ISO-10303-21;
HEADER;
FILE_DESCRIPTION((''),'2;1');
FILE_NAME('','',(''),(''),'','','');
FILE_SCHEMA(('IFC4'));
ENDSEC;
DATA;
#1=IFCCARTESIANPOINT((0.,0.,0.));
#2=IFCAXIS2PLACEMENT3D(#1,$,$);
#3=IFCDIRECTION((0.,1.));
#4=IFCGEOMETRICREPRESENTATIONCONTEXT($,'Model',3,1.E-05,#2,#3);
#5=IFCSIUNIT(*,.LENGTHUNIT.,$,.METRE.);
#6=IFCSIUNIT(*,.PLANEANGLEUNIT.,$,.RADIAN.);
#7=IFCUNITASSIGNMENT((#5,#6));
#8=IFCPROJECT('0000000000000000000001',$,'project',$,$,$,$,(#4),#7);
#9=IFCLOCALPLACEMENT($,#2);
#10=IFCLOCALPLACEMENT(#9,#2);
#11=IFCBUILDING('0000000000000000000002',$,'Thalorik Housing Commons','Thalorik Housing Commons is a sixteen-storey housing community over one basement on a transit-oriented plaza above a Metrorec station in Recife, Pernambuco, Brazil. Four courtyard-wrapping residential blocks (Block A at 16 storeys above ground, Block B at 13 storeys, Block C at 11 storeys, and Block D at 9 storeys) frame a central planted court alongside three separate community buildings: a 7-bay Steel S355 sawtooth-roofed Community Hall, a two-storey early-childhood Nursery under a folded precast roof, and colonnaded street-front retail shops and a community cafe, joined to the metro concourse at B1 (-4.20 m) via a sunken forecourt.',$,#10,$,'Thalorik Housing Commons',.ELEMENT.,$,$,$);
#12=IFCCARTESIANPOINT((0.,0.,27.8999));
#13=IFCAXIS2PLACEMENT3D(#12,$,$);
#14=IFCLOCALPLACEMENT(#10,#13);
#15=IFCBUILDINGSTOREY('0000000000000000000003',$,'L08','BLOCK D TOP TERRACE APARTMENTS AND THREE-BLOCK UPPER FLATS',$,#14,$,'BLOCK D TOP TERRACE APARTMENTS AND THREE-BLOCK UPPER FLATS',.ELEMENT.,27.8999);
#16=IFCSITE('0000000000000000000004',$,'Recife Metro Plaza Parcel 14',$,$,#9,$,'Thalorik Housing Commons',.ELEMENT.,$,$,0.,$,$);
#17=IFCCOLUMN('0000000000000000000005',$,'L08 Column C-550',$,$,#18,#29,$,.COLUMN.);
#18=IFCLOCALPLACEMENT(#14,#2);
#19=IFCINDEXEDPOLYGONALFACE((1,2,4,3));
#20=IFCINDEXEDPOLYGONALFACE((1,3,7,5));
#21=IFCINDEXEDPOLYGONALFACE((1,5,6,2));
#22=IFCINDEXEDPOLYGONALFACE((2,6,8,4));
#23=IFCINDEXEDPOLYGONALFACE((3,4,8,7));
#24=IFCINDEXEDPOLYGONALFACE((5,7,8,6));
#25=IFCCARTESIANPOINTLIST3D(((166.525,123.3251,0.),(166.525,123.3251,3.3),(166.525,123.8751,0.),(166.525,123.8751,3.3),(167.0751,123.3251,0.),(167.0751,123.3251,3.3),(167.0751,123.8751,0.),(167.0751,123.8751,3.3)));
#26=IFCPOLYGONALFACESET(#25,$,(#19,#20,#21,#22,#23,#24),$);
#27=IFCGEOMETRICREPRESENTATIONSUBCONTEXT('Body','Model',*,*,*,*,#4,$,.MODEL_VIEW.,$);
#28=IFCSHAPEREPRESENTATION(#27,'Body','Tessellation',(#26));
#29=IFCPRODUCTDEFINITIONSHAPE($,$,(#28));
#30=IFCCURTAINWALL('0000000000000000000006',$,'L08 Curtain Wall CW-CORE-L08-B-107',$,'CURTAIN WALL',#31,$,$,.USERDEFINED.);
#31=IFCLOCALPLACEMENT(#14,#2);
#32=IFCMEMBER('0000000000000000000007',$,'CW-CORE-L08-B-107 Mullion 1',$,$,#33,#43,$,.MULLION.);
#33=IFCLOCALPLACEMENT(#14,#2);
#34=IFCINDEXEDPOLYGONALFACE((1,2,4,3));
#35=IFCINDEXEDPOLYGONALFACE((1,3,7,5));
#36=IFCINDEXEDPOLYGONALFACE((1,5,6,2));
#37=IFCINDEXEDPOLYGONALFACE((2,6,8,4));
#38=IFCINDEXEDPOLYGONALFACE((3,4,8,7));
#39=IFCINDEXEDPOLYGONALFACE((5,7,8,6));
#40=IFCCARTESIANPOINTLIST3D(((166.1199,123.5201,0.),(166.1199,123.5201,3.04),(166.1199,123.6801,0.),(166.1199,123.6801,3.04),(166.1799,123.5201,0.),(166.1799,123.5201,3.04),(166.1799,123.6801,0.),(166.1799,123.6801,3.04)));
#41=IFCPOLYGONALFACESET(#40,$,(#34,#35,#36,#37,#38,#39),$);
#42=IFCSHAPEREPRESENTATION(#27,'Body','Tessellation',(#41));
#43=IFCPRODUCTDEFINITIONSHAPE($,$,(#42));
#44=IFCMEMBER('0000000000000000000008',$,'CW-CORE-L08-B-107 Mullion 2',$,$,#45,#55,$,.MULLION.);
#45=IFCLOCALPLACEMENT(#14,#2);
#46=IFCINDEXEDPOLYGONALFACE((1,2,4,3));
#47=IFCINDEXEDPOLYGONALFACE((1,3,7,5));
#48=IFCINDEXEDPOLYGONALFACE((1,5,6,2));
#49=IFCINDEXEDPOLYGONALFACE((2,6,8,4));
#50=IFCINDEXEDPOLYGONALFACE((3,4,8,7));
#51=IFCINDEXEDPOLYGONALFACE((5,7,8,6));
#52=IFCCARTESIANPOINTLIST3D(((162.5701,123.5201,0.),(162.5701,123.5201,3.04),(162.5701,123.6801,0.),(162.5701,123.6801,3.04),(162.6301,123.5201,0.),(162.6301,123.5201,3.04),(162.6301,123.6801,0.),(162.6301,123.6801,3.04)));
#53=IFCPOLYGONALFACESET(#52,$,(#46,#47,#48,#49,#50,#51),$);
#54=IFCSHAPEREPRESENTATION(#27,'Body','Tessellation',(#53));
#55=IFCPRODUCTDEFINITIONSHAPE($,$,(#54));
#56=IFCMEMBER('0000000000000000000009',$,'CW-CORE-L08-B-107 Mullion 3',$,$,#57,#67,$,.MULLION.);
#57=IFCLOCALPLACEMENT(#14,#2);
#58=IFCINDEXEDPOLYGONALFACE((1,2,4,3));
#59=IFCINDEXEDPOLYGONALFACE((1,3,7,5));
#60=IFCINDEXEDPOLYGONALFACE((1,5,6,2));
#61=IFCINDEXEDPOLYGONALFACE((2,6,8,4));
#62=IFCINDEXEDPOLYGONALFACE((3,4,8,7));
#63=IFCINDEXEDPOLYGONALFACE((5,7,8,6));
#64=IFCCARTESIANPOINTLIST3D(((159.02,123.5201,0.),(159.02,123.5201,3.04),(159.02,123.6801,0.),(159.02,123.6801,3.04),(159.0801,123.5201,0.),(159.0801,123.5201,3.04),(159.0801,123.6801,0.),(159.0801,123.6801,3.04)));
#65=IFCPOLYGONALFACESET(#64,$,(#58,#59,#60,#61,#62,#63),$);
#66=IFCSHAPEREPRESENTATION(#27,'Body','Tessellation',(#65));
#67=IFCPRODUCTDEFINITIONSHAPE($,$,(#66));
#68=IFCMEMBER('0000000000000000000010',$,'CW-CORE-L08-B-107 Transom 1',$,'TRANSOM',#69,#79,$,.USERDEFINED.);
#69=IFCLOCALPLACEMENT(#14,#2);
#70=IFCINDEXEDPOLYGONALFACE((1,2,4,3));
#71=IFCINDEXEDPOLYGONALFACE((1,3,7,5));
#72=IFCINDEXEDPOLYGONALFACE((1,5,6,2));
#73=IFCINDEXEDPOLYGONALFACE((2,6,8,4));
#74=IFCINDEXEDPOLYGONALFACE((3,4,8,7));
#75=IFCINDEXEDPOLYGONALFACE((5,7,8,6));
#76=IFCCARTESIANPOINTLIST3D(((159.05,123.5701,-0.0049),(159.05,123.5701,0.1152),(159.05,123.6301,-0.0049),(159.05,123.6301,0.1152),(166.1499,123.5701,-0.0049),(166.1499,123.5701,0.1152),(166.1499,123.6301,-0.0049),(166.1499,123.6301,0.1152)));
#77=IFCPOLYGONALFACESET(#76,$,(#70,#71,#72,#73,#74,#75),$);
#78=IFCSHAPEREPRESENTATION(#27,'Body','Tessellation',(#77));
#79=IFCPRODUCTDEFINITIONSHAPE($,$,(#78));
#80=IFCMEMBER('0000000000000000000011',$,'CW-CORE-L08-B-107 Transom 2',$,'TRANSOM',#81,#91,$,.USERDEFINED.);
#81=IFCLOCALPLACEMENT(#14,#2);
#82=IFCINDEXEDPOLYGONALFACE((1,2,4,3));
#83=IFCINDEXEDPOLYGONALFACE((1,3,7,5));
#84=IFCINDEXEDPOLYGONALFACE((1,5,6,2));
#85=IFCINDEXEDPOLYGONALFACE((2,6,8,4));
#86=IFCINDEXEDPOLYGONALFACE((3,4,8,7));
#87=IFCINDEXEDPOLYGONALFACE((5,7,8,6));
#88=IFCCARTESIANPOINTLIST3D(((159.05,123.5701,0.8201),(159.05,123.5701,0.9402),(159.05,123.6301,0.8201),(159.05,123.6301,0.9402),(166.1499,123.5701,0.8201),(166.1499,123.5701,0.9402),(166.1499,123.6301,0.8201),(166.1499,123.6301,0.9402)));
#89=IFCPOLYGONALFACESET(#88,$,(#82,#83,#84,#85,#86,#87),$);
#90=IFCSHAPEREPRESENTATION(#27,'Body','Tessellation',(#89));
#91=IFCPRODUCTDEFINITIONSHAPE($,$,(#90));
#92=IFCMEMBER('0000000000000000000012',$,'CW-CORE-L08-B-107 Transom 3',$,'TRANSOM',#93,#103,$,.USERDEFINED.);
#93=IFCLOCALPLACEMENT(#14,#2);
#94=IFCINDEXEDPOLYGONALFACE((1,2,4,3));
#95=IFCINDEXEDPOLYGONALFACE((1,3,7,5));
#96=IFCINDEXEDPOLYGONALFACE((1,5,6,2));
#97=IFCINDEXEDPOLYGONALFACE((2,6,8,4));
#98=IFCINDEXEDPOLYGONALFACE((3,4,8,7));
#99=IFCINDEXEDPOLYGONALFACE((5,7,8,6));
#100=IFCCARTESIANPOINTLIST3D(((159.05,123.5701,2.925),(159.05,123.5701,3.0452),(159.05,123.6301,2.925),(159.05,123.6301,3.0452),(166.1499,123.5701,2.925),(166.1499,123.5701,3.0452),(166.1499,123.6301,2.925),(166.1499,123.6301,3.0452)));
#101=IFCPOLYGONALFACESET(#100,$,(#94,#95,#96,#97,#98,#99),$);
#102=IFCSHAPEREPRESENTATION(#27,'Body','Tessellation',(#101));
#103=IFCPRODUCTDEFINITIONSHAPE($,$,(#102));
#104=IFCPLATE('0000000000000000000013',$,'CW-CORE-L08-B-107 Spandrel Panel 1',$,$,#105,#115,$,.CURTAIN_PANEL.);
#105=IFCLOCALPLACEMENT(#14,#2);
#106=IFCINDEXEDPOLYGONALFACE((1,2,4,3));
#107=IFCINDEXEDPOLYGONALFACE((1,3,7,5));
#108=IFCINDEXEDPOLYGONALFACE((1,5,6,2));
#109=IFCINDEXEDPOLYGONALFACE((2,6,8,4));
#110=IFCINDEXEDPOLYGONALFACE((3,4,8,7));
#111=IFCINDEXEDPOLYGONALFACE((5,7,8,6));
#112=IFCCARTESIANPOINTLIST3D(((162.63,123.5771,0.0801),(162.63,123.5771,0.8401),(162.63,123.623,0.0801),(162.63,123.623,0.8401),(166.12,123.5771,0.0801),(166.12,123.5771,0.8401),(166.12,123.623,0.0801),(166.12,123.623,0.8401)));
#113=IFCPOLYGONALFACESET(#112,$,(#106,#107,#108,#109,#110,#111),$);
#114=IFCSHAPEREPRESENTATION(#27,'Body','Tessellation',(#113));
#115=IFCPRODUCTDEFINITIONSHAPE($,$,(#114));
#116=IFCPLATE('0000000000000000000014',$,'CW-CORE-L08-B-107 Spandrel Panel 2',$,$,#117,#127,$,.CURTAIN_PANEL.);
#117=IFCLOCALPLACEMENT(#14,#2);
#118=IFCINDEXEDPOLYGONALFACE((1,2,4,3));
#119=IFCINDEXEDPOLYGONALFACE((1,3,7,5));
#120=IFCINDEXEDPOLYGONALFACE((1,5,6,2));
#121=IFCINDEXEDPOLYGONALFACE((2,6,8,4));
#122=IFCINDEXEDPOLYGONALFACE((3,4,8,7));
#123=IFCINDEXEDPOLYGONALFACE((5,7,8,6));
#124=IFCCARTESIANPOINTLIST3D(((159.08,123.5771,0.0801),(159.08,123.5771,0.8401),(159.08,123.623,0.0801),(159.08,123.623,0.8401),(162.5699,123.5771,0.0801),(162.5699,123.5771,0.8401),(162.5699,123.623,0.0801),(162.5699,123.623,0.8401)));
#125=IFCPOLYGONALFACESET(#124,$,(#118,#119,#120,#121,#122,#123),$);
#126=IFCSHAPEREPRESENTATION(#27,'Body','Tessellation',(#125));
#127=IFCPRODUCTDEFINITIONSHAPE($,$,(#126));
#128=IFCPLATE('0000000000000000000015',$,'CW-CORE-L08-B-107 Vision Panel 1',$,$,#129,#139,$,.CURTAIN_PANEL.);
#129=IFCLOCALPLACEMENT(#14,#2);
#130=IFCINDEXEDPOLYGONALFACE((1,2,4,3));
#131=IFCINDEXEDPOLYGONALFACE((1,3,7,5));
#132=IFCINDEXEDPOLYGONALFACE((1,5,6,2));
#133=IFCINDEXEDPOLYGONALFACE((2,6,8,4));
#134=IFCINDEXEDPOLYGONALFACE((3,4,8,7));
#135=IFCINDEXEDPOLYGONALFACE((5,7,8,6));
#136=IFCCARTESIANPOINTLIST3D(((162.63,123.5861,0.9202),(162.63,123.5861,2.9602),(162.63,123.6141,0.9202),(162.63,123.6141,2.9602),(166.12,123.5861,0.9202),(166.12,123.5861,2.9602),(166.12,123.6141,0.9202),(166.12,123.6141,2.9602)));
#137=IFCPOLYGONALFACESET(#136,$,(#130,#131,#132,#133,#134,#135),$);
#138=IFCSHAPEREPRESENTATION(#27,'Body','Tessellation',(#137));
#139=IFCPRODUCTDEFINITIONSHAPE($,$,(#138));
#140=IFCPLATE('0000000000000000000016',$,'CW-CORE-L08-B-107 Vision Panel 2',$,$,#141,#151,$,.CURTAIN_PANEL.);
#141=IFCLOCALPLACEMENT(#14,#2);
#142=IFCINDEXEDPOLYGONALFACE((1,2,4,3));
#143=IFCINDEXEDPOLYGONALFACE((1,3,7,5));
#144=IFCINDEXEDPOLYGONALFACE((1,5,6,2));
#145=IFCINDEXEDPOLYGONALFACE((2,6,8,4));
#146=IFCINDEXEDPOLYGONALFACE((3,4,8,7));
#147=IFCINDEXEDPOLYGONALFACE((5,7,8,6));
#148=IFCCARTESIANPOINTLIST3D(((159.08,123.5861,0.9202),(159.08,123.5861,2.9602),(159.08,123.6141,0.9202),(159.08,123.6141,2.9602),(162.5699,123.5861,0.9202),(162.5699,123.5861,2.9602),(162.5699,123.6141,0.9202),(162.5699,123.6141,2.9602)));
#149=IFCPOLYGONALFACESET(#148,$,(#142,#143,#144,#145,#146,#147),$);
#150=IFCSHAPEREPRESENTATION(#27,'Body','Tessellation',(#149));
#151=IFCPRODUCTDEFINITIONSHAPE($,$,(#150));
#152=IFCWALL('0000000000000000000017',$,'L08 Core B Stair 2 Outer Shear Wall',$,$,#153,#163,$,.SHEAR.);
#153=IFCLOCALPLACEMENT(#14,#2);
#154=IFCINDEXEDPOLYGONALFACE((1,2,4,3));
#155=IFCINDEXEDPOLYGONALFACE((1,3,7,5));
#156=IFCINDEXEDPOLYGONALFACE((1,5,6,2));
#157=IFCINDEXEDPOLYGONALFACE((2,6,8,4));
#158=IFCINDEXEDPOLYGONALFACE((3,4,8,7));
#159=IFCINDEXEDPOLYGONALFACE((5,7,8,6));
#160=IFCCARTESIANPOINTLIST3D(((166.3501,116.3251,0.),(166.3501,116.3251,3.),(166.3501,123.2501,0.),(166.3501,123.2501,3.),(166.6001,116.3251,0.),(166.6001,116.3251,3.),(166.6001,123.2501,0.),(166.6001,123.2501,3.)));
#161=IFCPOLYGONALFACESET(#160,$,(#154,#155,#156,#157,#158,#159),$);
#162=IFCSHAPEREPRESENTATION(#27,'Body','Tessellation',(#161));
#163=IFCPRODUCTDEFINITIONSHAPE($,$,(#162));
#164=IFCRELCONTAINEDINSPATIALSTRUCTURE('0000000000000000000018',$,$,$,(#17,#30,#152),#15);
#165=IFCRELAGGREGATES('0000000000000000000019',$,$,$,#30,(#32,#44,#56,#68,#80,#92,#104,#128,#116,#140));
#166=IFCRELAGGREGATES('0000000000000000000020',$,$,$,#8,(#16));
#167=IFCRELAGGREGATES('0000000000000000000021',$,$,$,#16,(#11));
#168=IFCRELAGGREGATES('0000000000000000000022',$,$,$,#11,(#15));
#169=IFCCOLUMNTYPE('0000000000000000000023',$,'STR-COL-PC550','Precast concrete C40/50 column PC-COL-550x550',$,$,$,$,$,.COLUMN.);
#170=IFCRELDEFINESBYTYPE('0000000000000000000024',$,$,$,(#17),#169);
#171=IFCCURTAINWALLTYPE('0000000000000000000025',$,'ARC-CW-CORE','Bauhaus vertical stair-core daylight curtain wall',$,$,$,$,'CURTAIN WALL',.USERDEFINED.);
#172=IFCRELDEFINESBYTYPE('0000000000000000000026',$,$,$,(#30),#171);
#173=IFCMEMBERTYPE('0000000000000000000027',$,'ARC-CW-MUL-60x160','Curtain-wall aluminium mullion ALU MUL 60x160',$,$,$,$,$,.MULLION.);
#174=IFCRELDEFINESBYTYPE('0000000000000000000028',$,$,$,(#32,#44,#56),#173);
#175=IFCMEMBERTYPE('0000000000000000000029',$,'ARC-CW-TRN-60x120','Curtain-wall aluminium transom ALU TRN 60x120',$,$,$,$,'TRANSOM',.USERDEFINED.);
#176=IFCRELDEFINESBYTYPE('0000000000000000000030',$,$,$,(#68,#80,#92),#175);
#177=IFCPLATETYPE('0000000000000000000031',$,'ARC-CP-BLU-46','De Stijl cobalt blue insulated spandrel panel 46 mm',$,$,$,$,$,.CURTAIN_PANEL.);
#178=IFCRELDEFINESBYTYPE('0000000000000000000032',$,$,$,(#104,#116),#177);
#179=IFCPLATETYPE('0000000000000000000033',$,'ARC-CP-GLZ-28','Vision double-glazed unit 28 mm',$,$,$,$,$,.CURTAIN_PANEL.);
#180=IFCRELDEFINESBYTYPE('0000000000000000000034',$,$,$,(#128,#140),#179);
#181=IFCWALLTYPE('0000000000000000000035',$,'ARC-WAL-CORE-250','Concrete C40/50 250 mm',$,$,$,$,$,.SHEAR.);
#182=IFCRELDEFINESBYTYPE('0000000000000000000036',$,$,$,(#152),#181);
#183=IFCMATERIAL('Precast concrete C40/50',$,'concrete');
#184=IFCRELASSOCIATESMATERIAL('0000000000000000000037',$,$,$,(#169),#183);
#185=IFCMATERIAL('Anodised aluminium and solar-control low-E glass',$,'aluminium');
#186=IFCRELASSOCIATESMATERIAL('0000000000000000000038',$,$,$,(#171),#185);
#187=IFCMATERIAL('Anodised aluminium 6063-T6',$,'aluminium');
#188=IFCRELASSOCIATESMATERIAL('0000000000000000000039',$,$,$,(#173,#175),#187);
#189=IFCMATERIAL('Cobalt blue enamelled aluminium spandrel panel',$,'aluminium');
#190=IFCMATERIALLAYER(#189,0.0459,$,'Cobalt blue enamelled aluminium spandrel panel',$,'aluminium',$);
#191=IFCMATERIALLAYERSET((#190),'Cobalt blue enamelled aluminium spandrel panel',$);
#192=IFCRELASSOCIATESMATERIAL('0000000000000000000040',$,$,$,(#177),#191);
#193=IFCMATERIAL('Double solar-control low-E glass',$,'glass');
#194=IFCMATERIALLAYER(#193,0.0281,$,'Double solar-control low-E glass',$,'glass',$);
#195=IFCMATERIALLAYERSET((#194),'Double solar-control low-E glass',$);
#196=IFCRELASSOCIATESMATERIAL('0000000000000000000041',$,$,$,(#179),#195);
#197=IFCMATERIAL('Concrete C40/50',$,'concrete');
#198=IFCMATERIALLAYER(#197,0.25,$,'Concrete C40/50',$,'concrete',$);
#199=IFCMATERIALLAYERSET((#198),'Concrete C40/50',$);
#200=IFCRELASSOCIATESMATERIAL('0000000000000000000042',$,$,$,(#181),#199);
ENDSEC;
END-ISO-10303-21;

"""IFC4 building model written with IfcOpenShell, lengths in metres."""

from ifc_helpers import new_model, si_unit, direction, frame, frame_2d, origin, origin_2d, place, context, subcontext, project, spatial, rectangle, extrude, material, layer, layer_set, material_profile, profile_set, type_object, element, aggregate, save


model = new_model("IFC4")

# Units and contexts
model_context = context("Model", 3, precision=1e-05, world=origin(), true_north=direction((0.0, 1.0)))
body_context = subcontext(model_context, "Body", "Model", "MODEL_VIEW")
ifc_project = project(units=[si_unit("LENGTHUNIT", "METRE"), si_unit("PLANEANGLEUNIT", "RADIAN")], contexts=[model_context])

# Site, building, storey
site_placement = place(None, origin())
site = spatial("IfcSite", under=ifc_project, at=site_placement, Name="Recife Metro Plaza Parcel 14", LongName="Thalorik Housing Commons", CompositionType="ELEMENT", RefElevation=0.0)
building_placement = place(site_placement, origin())
building = spatial("IfcBuilding", under=site, at=building_placement, Name="Thalorik Housing Commons", Description="Thalorik Housing Commons is a sixteen-storey housing community over one basement on a transit-oriented plaza above a Metrorec station in Recife, Pernambuco, Brazil. Four courtyard-wrapping residential blocks (Block A at 16 storeys above ground, Block B at 13 storeys, Block C at 11 storeys, and Block D at 9 storeys) frame a central planted court alongside three separate community buildings: a 7-bay Steel S355 sawtooth-roofed Community Hall, a two-storey early-childhood Nursery under a folded precast roof, and colonnaded street-front retail shops and a community cafe, joined to the metro concourse at B1 (-4.20 m) via a sunken forecourt.", LongName="Thalorik Housing Commons", CompositionType="ELEMENT")
storey_placement = place(building_placement, frame((0.0, 0.0, 27.8999)))
storey = spatial("IfcBuildingStorey", under=building, at=storey_placement, Name="L08", Description="BLOCK D TOP TERRACE APARTMENTS AND THREE-BLOCK UPPER FLATS", LongName="BLOCK D TOP TERRACE APARTMENTS AND THREE-BLOCK UPPER FLATS", CompositionType="ELEMENT", Elevation=27.8999)

# Column
ifc_material_1 = material(Name="Precast concrete C40/50", Category="concrete")
ifc_material_profile_1 = material_profile(ifc_material_1, rectangle(XDim=0.55, YDim=0.55, at=origin_2d()), Name="PC 550x550", Category="concrete")
ifc_profile_set_1 = profile_set([ifc_material_profile_1], Name="Precast concrete C40/50")
column_type = type_object("IfcColumnType", Name="STR-COL-PC550", Description="Precast concrete C40/50 column PC-COL-550x550", PredefinedType="COLUMN", material=ifc_profile_set_1)
column_placement = place(storey_placement, frame((166.8, 123.6001, 0.0), z_axis=(0.0, 0.0, 1.0), x_axis=(1.0, 0.0, 0.0)))
element("IfcColumn", 1, at=column_placement, inside=storey, type_object=column_type, Name="L08 Column C-550", PredefinedType="COLUMN", context=body_context, shape_type="SweptSolid", body=[
    extrude(rectangle(XDim=0.55, YDim=0.55, at=origin_2d()), origin(), (0.0, 0.0, 1.0), 3.3),
])

# Curtain wall, members, plates
ifc_material_2 = material(Name="Anodised aluminium and solar-control low-E glass", Category="aluminium")
curtain_wall_type = type_object("IfcCurtainWallType", Name="ARC-CW-CORE", Description="Bauhaus vertical stair-core daylight curtain wall", ElementType="CURTAIN WALL", PredefinedType="USERDEFINED", material=ifc_material_2)
curtain_wall_placement = place(storey_placement, origin())
curtain_wall = element("IfcCurtainWall", 2, at=curtain_wall_placement, inside=storey, type_object=curtain_wall_type, Name="L08 Curtain Wall CW-CORE-L08-B-107", ObjectType="CURTAIN WALL", PredefinedType="USERDEFINED")
ifc_material_3 = material(Name="Anodised aluminium 6063-T6", Category="aluminium")
ifc_material_profile_2 = material_profile(ifc_material_3, rectangle(XDim=0.0601, YDim=0.1599, at=origin_2d()), Name="ALU MUL 60x160", Category="aluminium")
ifc_profile_set_2 = profile_set([ifc_material_profile_2], Name="Anodised aluminium 6063-T6")
member_type_1 = type_object("IfcMemberType", Name="ARC-CW-MUL-60x160", Description="Curtain-wall aluminium mullion ALU MUL 60x160", PredefinedType="MULLION", material=ifc_profile_set_2)
member_1_placement = place(storey_placement, frame((166.1499, 123.6001, 0.0), z_axis=(0.0, 0.0, 1.0), x_axis=(-1.0, 0.0, 0.0)))
member_1 = element("IfcMember", 3, at=member_1_placement, type_object=member_type_1, Name="CW-CORE-L08-B-107 Mullion 1", PredefinedType="MULLION", context=body_context, shape_type="SweptSolid", body=[
    extrude(rectangle(XDim=0.0601, YDim=0.1599, at=origin_2d()), origin(), (0.0, 0.0, 1.0), 3.04),
])
member_2_placement = place(storey_placement, frame((162.6001, 123.6001, 0.0), z_axis=(0.0, 0.0, 1.0), x_axis=(-1.0, 0.0, 0.0)))
member_2 = element("IfcMember", 4, at=member_2_placement, type_object=member_type_1, Name="CW-CORE-L08-B-107 Mullion 2", PredefinedType="MULLION", context=body_context, shape_type="SweptSolid", body=[
    extrude(rectangle(XDim=0.0601, YDim=0.1599, at=origin_2d()), origin(), (0.0, 0.0, 1.0), 3.04),
])
member_3_placement = place(storey_placement, frame((159.05, 123.6001, 0.0), z_axis=(0.0, 0.0, 1.0), x_axis=(-1.0, 0.0, 0.0)))
member_3 = element("IfcMember", 5, at=member_3_placement, type_object=member_type_1, Name="CW-CORE-L08-B-107 Mullion 3", PredefinedType="MULLION", context=body_context, shape_type="SweptSolid", body=[
    extrude(rectangle(XDim=0.0601, YDim=0.1599, at=origin_2d()), origin(), (0.0, 0.0, 1.0), 3.04),
])
ifc_material_profile_3 = material_profile(ifc_material_3, rectangle(XDim=0.0601, YDim=0.1201, at=origin_2d()), Name="ALU TRN 60x120", Category="aluminium")
ifc_profile_set_3 = profile_set([ifc_material_profile_3], Name="Anodised aluminium 6063-T6")
member_type_2 = type_object("IfcMemberType", Name="ARC-CW-TRN-60x120", Description="Curtain-wall aluminium transom ALU TRN 60x120", ElementType="TRANSOM", PredefinedType="USERDEFINED", material=ifc_profile_set_3)
member_4_placement = place(storey_placement, frame((166.1499, 123.6001, 0.0552), z_axis=(-1.0, 0.0, 0.0), x_axis=(0.0, -1.0, 0.0)))
member_4 = element("IfcMember", 6, at=member_4_placement, type_object=member_type_2, Name="CW-CORE-L08-B-107 Transom 1", ObjectType="TRANSOM", PredefinedType="USERDEFINED", context=body_context, shape_type="SweptSolid", body=[
    extrude(rectangle(XDim=0.0601, YDim=0.1201, at=origin_2d()), origin(), (0.0, 0.0, 1.0), 7.0999),
])
member_5_placement = place(storey_placement, frame((166.1499, 123.6001, 0.8801), z_axis=(-1.0, 0.0, 0.0), x_axis=(0.0, -1.0, 0.0)))
member_5 = element("IfcMember", 7, at=member_5_placement, type_object=member_type_2, Name="CW-CORE-L08-B-107 Transom 2", ObjectType="TRANSOM", PredefinedType="USERDEFINED", context=body_context, shape_type="SweptSolid", body=[
    extrude(rectangle(XDim=0.0601, YDim=0.1201, at=origin_2d()), origin(), (0.0, 0.0, 1.0), 7.0999),
])
member_6_placement = place(storey_placement, frame((166.1499, 123.6001, 2.9851), z_axis=(-1.0, 0.0, 0.0), x_axis=(0.0, -1.0, 0.0)))
member_6 = element("IfcMember", 8, at=member_6_placement, type_object=member_type_2, Name="CW-CORE-L08-B-107 Transom 3", ObjectType="TRANSOM", PredefinedType="USERDEFINED", context=body_context, shape_type="SweptSolid", body=[
    extrude(rectangle(XDim=0.0601, YDim=0.1201, at=origin_2d()), origin(), (0.0, 0.0, 1.0), 7.0999),
])
ifc_material_4 = material(Name="Cobalt blue enamelled aluminium spandrel panel", Category="aluminium")
ifc_layer_1 = layer(ifc_material_4, 0.0459, Name="Cobalt blue enamelled aluminium spandrel panel", Category="aluminium")
ifc_layer_set_1 = layer_set([ifc_layer_1], Name="Cobalt blue enamelled aluminium spandrel panel")
plate_type_1 = type_object("IfcPlateType", Name="ARC-CP-BLU-46", Description="De Stijl cobalt blue insulated spandrel panel 46 mm", PredefinedType="CURTAIN_PANEL", material=ifc_layer_set_1)
plate_1_placement = place(storey_placement, frame((164.375, 123.6001, 0.0801), z_axis=(0.0, 0.0, 1.0), x_axis=(-1.0, 0.0, 0.0)))
plate_1 = element("IfcPlate", 9, at=plate_1_placement, type_object=plate_type_1, Name="CW-CORE-L08-B-107 Spandrel Panel 1", PredefinedType="CURTAIN_PANEL", context=body_context, shape_type="SweptSolid", body=[
    extrude(rectangle(XDim=3.49, YDim=0.0459, at=origin_2d()), origin(), (0.0, 0.0, 1.0), 0.76),
])
plate_2_placement = place(storey_placement, frame((160.825, 123.6001, 0.0801), z_axis=(0.0, 0.0, 1.0), x_axis=(-1.0, 0.0, 0.0)))
plate_2 = element("IfcPlate", 10, at=plate_2_placement, type_object=plate_type_1, Name="CW-CORE-L08-B-107 Spandrel Panel 2", PredefinedType="CURTAIN_PANEL", context=body_context, shape_type="SweptSolid", body=[
    extrude(rectangle(XDim=3.49, YDim=0.0459, at=origin_2d()), origin(), (0.0, 0.0, 1.0), 0.76),
])
ifc_material_5 = material(Name="Double solar-control low-E glass", Category="glass")
ifc_layer_2 = layer(ifc_material_5, 0.0281, Name="Double solar-control low-E glass", Category="glass")
ifc_layer_set_2 = layer_set([ifc_layer_2], Name="Double solar-control low-E glass")
plate_type_2 = type_object("IfcPlateType", Name="ARC-CP-GLZ-28", Description="Vision double-glazed unit 28 mm", PredefinedType="CURTAIN_PANEL", material=ifc_layer_set_2)
plate_3_placement = place(storey_placement, frame((164.375, 123.6001, 0.9202), z_axis=(0.0, 0.0, 1.0), x_axis=(-1.0, 0.0, 0.0)))
plate_3 = element("IfcPlate", 11, at=plate_3_placement, type_object=plate_type_2, Name="CW-CORE-L08-B-107 Vision Panel 1", PredefinedType="CURTAIN_PANEL", context=body_context, shape_type="SweptSolid", body=[
    extrude(rectangle(XDim=3.49, YDim=0.0281, at=origin_2d()), origin(), (0.0, 0.0, 1.0), 2.04),
])
plate_4_placement = place(storey_placement, frame((160.825, 123.6001, 0.9202), z_axis=(0.0, 0.0, 1.0), x_axis=(-1.0, 0.0, 0.0)))
plate_4 = element("IfcPlate", 12, at=plate_4_placement, type_object=plate_type_2, Name="CW-CORE-L08-B-107 Vision Panel 2", PredefinedType="CURTAIN_PANEL", context=body_context, shape_type="SweptSolid", body=[
    extrude(rectangle(XDim=3.49, YDim=0.0281, at=origin_2d()), origin(), (0.0, 0.0, 1.0), 2.04),
])
aggregate(curtain_wall, [member_1, member_2, member_3, member_4, member_5, member_6, plate_1, plate_3, plate_2, plate_4])

# Wall
ifc_material_6 = material(Name="Concrete C40/50", Category="concrete")
ifc_layer_3 = layer(ifc_material_6, 0.25, Name="Concrete C40/50", Category="concrete")
ifc_layer_set_3 = layer_set([ifc_layer_3], Name="Concrete C40/50")
wall_type_1 = type_object("IfcWallType", Name="ARC-WAL-CORE-250", Description="Concrete C40/50 250 mm", PredefinedType="SHEAR", material=ifc_layer_set_3)
wall_1_placement = place(storey_placement, frame((166.4751, 123.25, 0.0), z_axis=(0.0, 0.0, 1.0), x_axis=(0.0, -1.0, 0.0)))
element("IfcWall", 13, at=wall_1_placement, inside=storey, type_object=wall_type_1, Name="L08 Core B Stair 2 Outer Shear Wall", PredefinedType="SHEAR", context=body_context, shape_type="SweptSolid", body=[
    extrude(rectangle(XDim=6.925, YDim=0.25, at=frame_2d((3.4624, 0.0))), origin(), (0.0, 0.0, 1.0), 3.0),
])

save(model, "model.ifc")
